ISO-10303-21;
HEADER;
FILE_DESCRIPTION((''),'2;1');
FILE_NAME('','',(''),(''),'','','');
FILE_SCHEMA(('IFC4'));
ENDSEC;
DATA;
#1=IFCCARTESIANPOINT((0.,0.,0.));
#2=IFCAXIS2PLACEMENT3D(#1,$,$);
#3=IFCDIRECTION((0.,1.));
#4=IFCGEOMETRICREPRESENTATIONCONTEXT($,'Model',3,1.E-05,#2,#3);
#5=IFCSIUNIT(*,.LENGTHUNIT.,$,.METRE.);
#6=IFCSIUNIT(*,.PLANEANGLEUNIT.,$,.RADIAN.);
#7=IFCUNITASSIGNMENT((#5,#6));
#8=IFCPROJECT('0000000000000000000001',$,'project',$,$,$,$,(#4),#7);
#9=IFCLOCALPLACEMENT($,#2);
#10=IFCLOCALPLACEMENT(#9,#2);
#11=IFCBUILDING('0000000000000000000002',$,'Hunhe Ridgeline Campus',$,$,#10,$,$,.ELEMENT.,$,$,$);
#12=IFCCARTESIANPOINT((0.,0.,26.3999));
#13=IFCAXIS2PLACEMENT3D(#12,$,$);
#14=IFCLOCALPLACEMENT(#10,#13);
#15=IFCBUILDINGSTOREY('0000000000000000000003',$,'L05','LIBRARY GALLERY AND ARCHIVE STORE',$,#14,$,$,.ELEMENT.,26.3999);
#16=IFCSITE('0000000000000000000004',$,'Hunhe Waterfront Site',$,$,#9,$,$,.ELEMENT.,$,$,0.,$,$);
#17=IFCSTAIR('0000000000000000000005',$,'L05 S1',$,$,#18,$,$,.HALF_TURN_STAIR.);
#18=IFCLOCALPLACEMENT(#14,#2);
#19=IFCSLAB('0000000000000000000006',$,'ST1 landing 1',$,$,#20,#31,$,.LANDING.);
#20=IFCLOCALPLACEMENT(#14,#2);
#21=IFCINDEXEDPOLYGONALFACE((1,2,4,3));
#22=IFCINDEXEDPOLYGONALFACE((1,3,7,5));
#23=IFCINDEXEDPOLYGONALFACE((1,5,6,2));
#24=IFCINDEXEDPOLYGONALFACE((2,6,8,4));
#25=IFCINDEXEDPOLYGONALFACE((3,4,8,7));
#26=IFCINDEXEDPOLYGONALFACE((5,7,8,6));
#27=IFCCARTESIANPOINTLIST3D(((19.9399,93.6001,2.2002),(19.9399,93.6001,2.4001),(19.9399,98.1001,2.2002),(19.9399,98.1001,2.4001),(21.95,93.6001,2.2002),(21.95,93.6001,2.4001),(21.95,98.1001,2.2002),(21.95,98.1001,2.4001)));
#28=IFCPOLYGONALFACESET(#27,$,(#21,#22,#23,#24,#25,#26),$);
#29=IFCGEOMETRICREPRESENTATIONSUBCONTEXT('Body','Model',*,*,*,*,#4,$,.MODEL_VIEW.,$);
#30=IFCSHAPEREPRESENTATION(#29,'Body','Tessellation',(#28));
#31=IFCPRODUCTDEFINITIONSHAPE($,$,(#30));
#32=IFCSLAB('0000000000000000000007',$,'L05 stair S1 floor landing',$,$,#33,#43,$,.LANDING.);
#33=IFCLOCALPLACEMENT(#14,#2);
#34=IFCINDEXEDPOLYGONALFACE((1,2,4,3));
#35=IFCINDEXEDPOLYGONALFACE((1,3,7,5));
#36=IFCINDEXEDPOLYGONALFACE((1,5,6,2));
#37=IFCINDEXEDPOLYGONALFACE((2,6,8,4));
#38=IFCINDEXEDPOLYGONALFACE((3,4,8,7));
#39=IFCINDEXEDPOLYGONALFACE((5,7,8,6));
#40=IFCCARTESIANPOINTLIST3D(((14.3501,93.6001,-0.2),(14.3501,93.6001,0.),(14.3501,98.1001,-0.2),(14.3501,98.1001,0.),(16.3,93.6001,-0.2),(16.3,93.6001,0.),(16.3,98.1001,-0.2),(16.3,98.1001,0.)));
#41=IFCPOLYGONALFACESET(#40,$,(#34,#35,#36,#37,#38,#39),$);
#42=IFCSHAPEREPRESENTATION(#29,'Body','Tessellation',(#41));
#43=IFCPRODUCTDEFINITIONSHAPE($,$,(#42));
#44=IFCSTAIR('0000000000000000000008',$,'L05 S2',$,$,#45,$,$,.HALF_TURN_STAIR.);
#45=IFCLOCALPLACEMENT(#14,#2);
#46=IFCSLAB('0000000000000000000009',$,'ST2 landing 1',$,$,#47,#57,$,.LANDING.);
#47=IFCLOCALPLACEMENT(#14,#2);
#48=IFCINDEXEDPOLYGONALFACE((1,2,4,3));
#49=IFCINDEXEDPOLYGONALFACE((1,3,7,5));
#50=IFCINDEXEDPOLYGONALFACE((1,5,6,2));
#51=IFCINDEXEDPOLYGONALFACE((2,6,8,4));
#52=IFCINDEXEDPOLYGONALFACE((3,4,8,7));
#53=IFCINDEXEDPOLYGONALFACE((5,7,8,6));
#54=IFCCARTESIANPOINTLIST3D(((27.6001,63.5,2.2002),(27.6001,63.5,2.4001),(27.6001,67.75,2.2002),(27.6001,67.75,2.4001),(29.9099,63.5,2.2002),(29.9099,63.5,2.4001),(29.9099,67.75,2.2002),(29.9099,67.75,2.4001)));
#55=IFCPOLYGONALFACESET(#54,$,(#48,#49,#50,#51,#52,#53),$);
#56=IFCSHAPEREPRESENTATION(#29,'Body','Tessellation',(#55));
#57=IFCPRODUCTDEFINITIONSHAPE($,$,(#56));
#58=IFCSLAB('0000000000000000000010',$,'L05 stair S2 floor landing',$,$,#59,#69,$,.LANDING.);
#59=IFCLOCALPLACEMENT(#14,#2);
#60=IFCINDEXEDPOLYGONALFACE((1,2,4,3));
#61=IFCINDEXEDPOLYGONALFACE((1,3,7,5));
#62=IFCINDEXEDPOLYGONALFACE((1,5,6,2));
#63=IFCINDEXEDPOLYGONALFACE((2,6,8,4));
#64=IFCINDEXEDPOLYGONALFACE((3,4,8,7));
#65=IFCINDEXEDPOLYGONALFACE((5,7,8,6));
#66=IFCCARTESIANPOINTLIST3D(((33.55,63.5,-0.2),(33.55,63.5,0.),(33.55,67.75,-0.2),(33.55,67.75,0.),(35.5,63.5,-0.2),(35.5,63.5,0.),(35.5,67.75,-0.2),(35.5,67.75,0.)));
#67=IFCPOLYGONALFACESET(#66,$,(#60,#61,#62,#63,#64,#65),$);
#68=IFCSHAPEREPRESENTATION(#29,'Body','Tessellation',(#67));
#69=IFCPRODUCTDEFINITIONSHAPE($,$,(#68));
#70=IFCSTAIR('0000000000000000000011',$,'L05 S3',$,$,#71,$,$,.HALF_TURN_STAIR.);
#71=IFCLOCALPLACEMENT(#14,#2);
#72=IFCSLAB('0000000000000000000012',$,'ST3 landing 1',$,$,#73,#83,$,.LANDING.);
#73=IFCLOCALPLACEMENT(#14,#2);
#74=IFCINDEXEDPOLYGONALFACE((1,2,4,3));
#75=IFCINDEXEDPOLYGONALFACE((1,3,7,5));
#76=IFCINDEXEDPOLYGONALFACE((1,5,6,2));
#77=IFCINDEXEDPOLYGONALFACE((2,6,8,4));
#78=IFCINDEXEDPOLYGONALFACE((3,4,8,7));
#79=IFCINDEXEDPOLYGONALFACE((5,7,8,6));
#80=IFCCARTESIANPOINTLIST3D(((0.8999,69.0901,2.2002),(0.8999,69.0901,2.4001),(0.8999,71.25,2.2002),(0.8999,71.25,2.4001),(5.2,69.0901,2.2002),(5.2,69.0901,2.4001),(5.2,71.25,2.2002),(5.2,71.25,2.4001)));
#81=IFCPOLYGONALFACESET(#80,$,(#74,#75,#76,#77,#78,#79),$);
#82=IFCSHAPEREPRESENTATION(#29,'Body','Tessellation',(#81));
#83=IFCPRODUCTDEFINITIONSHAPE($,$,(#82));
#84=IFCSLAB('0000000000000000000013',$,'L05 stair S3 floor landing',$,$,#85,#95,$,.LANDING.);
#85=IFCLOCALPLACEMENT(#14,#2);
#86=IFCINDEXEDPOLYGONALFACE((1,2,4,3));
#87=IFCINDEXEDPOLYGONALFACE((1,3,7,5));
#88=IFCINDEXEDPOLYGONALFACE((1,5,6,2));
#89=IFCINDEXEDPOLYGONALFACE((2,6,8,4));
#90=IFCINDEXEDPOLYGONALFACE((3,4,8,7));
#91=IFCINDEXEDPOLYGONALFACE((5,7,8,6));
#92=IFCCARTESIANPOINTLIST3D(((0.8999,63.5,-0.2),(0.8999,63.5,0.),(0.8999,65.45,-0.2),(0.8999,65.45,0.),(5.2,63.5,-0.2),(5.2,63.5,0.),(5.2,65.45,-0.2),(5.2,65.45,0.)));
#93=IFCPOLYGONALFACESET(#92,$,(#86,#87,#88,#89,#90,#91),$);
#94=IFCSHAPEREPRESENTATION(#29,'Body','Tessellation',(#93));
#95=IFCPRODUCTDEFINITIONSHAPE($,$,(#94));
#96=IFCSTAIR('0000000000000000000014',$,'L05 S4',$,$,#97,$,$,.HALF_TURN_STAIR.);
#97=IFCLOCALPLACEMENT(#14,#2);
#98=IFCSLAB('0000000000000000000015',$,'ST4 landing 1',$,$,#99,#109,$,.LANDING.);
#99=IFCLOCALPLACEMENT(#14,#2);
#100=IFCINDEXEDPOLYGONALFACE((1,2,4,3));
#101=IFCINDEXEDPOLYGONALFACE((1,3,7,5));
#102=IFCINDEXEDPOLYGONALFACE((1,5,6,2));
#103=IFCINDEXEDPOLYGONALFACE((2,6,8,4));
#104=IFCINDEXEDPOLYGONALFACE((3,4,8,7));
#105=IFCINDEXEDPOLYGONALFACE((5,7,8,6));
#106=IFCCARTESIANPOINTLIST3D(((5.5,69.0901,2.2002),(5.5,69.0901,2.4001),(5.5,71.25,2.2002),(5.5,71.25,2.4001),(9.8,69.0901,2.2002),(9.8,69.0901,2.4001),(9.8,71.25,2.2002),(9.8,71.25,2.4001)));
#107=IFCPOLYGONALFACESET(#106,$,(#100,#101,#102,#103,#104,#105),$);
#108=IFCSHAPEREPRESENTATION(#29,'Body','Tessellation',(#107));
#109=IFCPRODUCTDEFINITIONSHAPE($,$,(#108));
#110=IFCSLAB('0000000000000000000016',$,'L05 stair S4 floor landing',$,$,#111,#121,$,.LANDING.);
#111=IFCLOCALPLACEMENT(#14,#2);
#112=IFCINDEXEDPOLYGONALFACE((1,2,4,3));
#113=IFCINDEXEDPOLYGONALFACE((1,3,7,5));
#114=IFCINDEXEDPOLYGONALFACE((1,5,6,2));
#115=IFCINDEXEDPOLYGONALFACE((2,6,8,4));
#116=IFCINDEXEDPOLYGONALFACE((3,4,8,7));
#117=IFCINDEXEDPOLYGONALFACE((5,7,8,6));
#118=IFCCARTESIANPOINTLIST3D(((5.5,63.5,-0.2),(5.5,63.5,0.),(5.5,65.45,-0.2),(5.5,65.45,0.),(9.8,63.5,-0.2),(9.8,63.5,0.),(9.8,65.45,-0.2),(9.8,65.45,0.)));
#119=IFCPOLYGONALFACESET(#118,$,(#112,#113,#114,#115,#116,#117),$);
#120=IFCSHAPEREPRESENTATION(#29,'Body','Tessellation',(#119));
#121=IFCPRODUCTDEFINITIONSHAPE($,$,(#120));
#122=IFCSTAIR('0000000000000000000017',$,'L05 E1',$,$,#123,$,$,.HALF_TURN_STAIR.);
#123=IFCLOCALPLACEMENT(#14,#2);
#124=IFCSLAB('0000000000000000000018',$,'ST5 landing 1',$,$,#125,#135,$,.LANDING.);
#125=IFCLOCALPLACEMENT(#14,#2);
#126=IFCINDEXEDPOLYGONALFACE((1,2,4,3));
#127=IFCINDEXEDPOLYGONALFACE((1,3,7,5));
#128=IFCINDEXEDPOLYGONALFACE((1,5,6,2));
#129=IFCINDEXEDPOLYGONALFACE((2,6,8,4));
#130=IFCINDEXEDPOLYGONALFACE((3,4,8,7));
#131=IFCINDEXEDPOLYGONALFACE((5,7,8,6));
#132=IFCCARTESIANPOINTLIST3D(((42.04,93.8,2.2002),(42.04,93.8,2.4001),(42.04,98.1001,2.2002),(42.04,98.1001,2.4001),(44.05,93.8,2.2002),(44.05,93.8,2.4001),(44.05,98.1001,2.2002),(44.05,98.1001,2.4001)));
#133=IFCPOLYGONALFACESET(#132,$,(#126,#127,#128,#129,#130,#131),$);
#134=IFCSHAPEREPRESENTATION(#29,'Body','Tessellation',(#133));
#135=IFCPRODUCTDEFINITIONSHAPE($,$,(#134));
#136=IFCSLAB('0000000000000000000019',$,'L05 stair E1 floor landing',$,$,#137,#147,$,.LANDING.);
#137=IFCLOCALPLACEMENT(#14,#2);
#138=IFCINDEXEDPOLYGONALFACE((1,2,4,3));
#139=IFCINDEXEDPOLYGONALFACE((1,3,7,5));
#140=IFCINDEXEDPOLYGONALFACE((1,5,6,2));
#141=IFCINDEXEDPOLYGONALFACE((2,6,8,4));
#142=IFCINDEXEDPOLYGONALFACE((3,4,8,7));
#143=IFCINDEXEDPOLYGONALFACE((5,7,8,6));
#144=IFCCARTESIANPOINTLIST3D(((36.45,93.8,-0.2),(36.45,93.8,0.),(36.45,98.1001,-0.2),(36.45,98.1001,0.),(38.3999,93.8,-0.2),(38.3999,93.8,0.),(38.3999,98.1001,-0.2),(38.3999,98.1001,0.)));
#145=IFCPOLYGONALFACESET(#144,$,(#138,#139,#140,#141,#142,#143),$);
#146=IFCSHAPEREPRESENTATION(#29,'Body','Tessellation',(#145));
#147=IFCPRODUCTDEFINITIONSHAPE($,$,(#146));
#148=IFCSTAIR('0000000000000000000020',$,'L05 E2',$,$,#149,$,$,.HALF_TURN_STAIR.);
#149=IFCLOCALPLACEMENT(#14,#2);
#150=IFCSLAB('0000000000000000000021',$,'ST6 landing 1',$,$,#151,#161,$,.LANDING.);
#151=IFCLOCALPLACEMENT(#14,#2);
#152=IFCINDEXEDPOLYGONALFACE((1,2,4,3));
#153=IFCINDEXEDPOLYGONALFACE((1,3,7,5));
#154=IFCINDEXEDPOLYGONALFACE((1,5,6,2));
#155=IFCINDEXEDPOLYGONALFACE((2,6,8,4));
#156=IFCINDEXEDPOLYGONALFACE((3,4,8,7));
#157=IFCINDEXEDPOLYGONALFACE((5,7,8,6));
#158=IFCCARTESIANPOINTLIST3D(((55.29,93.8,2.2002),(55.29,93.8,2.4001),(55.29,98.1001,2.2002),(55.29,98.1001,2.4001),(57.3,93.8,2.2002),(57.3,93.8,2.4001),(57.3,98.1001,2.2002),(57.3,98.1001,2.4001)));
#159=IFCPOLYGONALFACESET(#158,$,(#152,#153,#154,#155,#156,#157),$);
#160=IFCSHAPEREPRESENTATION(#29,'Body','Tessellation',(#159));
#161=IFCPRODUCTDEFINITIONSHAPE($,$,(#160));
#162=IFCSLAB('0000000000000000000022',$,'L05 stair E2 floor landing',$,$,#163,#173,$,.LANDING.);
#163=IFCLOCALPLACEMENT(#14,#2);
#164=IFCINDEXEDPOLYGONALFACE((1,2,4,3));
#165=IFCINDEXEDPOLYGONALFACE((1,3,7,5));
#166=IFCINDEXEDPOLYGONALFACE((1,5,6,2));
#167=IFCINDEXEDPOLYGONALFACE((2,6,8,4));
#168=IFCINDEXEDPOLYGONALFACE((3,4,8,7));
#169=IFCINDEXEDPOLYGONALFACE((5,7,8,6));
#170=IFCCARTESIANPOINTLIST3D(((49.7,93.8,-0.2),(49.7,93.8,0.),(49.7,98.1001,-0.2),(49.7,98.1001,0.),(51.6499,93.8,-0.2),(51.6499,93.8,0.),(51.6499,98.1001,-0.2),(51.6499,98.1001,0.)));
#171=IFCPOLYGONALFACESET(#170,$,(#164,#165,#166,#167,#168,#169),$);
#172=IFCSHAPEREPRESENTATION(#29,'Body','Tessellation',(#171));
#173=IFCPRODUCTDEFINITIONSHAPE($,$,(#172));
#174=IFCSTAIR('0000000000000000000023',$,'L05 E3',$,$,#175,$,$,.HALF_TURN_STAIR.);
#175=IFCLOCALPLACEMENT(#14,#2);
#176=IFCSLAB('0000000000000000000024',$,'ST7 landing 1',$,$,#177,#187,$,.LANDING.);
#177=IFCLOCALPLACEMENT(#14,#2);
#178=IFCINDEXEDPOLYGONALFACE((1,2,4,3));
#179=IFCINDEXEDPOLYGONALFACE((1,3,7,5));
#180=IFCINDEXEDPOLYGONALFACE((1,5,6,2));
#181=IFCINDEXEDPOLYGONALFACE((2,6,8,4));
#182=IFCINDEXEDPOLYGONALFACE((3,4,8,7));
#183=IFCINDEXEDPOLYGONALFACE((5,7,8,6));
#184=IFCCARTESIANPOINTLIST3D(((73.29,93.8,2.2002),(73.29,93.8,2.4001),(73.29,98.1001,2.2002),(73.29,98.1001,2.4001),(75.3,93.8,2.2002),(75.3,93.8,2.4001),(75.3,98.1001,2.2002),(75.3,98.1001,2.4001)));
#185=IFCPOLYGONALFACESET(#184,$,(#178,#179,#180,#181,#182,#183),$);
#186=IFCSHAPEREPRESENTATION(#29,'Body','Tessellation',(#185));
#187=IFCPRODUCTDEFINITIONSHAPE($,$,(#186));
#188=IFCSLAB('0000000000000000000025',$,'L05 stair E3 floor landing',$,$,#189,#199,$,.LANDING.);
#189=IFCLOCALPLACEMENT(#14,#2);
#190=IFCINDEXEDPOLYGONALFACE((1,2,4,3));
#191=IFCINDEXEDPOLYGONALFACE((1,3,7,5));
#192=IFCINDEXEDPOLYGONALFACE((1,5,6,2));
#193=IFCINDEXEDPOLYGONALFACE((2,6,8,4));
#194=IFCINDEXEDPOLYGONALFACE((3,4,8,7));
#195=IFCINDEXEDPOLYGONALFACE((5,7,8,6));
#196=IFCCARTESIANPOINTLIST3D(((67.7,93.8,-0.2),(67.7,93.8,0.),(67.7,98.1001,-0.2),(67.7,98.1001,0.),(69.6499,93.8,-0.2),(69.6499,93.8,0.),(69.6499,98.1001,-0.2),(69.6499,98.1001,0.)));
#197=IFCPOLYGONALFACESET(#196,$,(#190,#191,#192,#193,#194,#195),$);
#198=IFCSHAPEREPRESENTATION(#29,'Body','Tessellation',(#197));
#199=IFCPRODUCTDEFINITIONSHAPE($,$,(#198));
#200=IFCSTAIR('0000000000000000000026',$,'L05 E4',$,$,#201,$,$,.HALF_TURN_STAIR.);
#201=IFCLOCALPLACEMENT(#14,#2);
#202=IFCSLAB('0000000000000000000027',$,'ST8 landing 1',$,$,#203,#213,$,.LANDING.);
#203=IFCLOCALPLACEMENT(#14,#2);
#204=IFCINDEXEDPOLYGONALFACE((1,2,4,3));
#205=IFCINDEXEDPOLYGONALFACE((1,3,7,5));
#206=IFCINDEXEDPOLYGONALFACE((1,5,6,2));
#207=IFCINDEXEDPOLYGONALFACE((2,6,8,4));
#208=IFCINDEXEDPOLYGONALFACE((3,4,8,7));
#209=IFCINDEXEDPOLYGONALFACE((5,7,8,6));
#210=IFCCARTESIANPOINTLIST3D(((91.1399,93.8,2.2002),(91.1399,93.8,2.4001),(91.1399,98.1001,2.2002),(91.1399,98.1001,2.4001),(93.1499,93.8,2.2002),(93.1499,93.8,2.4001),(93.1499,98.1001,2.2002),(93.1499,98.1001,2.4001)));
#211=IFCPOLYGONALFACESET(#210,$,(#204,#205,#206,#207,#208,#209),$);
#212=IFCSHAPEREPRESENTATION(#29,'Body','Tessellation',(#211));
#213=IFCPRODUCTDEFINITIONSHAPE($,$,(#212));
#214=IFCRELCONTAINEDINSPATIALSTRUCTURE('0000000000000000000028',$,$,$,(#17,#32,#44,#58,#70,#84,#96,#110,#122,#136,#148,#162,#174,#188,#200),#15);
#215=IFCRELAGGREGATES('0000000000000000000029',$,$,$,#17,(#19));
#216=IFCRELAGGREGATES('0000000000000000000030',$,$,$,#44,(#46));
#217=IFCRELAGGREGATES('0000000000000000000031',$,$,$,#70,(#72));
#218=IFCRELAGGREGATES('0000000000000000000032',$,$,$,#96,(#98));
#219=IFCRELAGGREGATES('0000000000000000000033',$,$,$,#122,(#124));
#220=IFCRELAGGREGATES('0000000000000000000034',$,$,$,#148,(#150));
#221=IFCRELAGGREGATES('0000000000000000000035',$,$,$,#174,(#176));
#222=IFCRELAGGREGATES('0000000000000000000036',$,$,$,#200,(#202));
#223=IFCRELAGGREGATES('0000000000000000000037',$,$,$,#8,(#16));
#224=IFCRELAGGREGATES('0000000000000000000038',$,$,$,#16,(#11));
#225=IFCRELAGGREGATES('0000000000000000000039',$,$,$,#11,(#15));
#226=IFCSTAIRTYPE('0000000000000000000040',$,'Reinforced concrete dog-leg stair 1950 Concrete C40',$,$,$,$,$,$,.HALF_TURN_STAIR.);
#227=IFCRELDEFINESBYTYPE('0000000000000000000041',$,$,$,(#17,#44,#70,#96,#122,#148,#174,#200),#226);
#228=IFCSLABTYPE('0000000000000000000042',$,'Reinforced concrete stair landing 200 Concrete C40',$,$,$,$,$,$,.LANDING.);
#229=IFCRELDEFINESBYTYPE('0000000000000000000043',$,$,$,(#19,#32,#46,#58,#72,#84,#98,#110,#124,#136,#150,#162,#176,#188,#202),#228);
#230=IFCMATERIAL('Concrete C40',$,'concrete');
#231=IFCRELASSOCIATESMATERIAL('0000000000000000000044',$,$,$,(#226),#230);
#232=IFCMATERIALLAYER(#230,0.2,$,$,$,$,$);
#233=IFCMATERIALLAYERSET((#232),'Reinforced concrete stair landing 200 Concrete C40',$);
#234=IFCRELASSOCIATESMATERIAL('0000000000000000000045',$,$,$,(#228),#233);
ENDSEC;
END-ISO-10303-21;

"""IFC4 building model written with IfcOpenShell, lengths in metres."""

from ifc_helpers import new_model, si_unit, direction, frame, origin, place, context, subcontext, project, spatial, polyline, outline, extrude, material, layer, layer_set, type_object, element, aggregate, save


model = new_model("IFC4")

# Units and contexts
model_context = context("Model", 3, precision=1e-05, world=origin(), true_north=direction((0.0, 1.0)))
body_context = subcontext(model_context, "Body", "Model", "MODEL_VIEW")
ifc_project = project(units=[si_unit("LENGTHUNIT", "METRE"), si_unit("PLANEANGLEUNIT", "RADIAN")], contexts=[model_context])

# Site, building, storey
site_placement = place(None, origin())
site = spatial("IfcSite", under=ifc_project, at=site_placement, Name="Hunhe Waterfront Site", CompositionType="ELEMENT", RefElevation=0.0)
building_placement = place(site_placement, origin())
building = spatial("IfcBuilding", under=site, at=building_placement, Name="Hunhe Ridgeline Campus", CompositionType="ELEMENT")
storey_placement = place(building_placement, frame((0.0, 0.0, 26.3999)))
storey = spatial("IfcBuildingStorey", under=building, at=storey_placement, Name="L05", Description="LIBRARY GALLERY AND ARCHIVE STORE", CompositionType="ELEMENT", Elevation=26.3999)

# Stair, slab
ifc_material = material(Name="Concrete C40", Category="concrete")
stair_type = type_object("IfcStairType", Name="Reinforced concrete dog-leg stair 1950 Concrete C40", PredefinedType="HALF_TURN_STAIR", material=ifc_material)
stair_1_placement = place(storey_placement, origin())
stair_1 = element("IfcStair", 1, at=stair_1_placement, inside=storey, type_object=stair_type, Name="L05 S1", PredefinedType="HALF_TURN_STAIR")
ifc_layer = layer(ifc_material, 0.2)
ifc_layer_set = layer_set([ifc_layer], Name="Reinforced concrete stair landing 200 Concrete C40")
slab_type = type_object("IfcSlabType", Name="Reinforced concrete stair landing 200 Concrete C40", PredefinedType="LANDING", material=ifc_layer_set)
slab_1_placement = place(storey_placement, frame((0.0, 0.0, 2.2002)))
slab_1 = element("IfcSlab", 2, at=slab_1_placement, type_object=slab_type, Name="ST1 landing 1", PredefinedType="LANDING", context=body_context, shape_type="SweptSolid", body=[
    extrude(outline(polyline([(19.9399, 93.6001), (21.95, 93.6001), (21.95, 98.1001), (19.9399, 98.1001), (19.9399, 93.6001)])), origin(), (0.0, 0.0, 1.0), 0.2),
])
aggregate(stair_1, [slab_1])

# Slab
slab_2_placement = place(storey_placement, frame((0.0, 0.0, -0.2)))
element("IfcSlab", 3, at=slab_2_placement, inside=storey, type_object=slab_type, Name="L05 stair S1 floor landing", PredefinedType="LANDING", context=body_context, shape_type="SweptSolid", body=[
    extrude(outline(polyline([(14.3501, 93.6001), (16.3, 93.6001), (16.3, 98.1001), (14.3501, 98.1001), (14.3501, 93.6001)])), origin(), (0.0, 0.0, 1.0), 0.2),
])

# Stair, slab
stair_2_placement = place(storey_placement, origin())
stair_2 = element("IfcStair", 4, at=stair_2_placement, inside=storey, type_object=stair_type, Name="L05 S2", PredefinedType="HALF_TURN_STAIR")
slab_3_placement = place(storey_placement, frame((0.0, 0.0, 2.2002)))
slab_3 = element("IfcSlab", 5, at=slab_3_placement, type_object=slab_type, Name="ST2 landing 1", PredefinedType="LANDING", context=body_context, shape_type="SweptSolid", body=[
    extrude(outline(polyline([(29.9099, 67.75), (27.6001, 67.75), (27.6001, 63.5), (29.9099, 63.5), (29.9099, 67.75)])), origin(), (0.0, 0.0, 1.0), 0.2),
])
aggregate(stair_2, [slab_3])

# Slab
slab_4_placement = place(storey_placement, frame((0.0, 0.0, -0.2)))
element("IfcSlab", 6, at=slab_4_placement, inside=storey, type_object=slab_type, Name="L05 stair S2 floor landing", PredefinedType="LANDING", context=body_context, shape_type="SweptSolid", body=[
    extrude(outline(polyline([(35.5, 67.75), (33.55, 67.75), (33.55, 63.5), (35.5, 63.5), (35.5, 67.75)])), origin(), (0.0, 0.0, 1.0), 0.2),
])

# Stair, slab
stair_3_placement = place(storey_placement, origin())
stair_3 = element("IfcStair", 7, at=stair_3_placement, inside=storey, type_object=stair_type, Name="L05 S3", PredefinedType="HALF_TURN_STAIR")
slab_5_placement = place(storey_placement, frame((0.0, 0.0, 2.2002)))
slab_5 = element("IfcSlab", 8, at=slab_5_placement, type_object=slab_type, Name="ST3 landing 1", PredefinedType="LANDING", context=body_context, shape_type="SweptSolid", body=[
    extrude(outline(polyline([(5.2, 69.0901), (5.2, 71.25), (0.8999, 71.25), (0.8999, 69.0901), (5.2, 69.0901)])), origin(), (0.0, 0.0, 1.0), 0.2),
])
aggregate(stair_3, [slab_5])

# Slab
slab_6_placement = place(storey_placement, frame((0.0, 0.0, -0.2)))
element("IfcSlab", 9, at=slab_6_placement, inside=storey, type_object=slab_type, Name="L05 stair S3 floor landing", PredefinedType="LANDING", context=body_context, shape_type="SweptSolid", body=[
    extrude(outline(polyline([(5.2, 63.5), (5.2, 65.45), (0.8999, 65.45), (0.8999, 63.5), (5.2, 63.5)])), origin(), (0.0, 0.0, 1.0), 0.2),
])

# Stair, slab
stair_4_placement = place(storey_placement, origin())
stair_4 = element("IfcStair", 10, at=stair_4_placement, inside=storey, type_object=stair_type, Name="L05 S4", PredefinedType="HALF_TURN_STAIR")
slab_7_placement = place(storey_placement, frame((0.0, 0.0, 2.2002)))
slab_7 = element("IfcSlab", 11, at=slab_7_placement, type_object=slab_type, Name="ST4 landing 1", PredefinedType="LANDING", context=body_context, shape_type="SweptSolid", body=[
    extrude(outline(polyline([(9.8, 69.0901), (9.8, 71.25), (5.5, 71.25), (5.5, 69.0901), (9.8, 69.0901)])), origin(), (0.0, 0.0, 1.0), 0.2),
])
aggregate(stair_4, [slab_7])

# Slab
slab_8_placement = place(storey_placement, frame((0.0, 0.0, -0.2)))
element("IfcSlab", 12, at=slab_8_placement, inside=storey, type_object=slab_type, Name="L05 stair S4 floor landing", PredefinedType="LANDING", context=body_context, shape_type="SweptSolid", body=[
    extrude(outline(polyline([(9.8, 63.5), (9.8, 65.45), (5.5, 65.45), (5.5, 63.5), (9.8, 63.5)])), origin(), (0.0, 0.0, 1.0), 0.2),
])

# Stair, slab
stair_5_placement = place(storey_placement, origin())
stair_5 = element("IfcStair", 13, at=stair_5_placement, inside=storey, type_object=stair_type, Name="L05 E1", PredefinedType="HALF_TURN_STAIR")
slab_9_placement = place(storey_placement, frame((0.0, 0.0, 2.2002)))
slab_9 = element("IfcSlab", 14, at=slab_9_placement, type_object=slab_type, Name="ST5 landing 1", PredefinedType="LANDING", context=body_context, shape_type="SweptSolid", body=[
    extrude(outline(polyline([(42.04, 93.8), (44.05, 93.8), (44.05, 98.1001), (42.04, 98.1001), (42.04, 93.8)])), origin(), (0.0, 0.0, 1.0), 0.2),
])
aggregate(stair_5, [slab_9])

# Slab
slab_10_placement = place(storey_placement, frame((0.0, 0.0, -0.2)))
element("IfcSlab", 15, at=slab_10_placement, inside=storey, type_object=slab_type, Name="L05 stair E1 floor landing", PredefinedType="LANDING", context=body_context, shape_type="SweptSolid", body=[
    extrude(outline(polyline([(36.45, 93.8), (38.3999, 93.8), (38.3999, 98.1001), (36.45, 98.1001), (36.45, 93.8)])), origin(), (0.0, 0.0, 1.0), 0.2),
])

# Stair, slab
stair_6_placement = place(storey_placement, origin())
stair_6 = element("IfcStair", 16, at=stair_6_placement, inside=storey, type_object=stair_type, Name="L05 E2", PredefinedType="HALF_TURN_STAIR")
slab_11_placement = place(storey_placement, frame((0.0, 0.0, 2.2002)))
slab_11 = element("IfcSlab", 17, at=slab_11_placement, type_object=slab_type, Name="ST6 landing 1", PredefinedType="LANDING", context=body_context, shape_type="SweptSolid", body=[
    extrude(outline(polyline([(55.29, 93.8), (57.3, 93.8), (57.3, 98.1001), (55.29, 98.1001), (55.29, 93.8)])), origin(), (0.0, 0.0, 1.0), 0.2),
])
aggregate(stair_6, [slab_11])

# Slab
slab_12_placement = place(storey_placement, frame((0.0, 0.0, -0.2)))
element("IfcSlab", 18, at=slab_12_placement, inside=storey, type_object=slab_type, Name="L05 stair E2 floor landing", PredefinedType="LANDING", context=body_context, shape_type="SweptSolid", body=[
    extrude(outline(polyline([(49.7, 93.8), (51.6499, 93.8), (51.6499, 98.1001), (49.7, 98.1001), (49.7, 93.8)])), origin(), (0.0, 0.0, 1.0), 0.2),
])

# Stair, slab
stair_7_placement = place(storey_placement, origin())
stair_7 = element("IfcStair", 19, at=stair_7_placement, inside=storey, type_object=stair_type, Name="L05 E3", PredefinedType="HALF_TURN_STAIR")
slab_13_placement = place(storey_placement, frame((0.0, 0.0, 2.2002)))
slab_13 = element("IfcSlab", 20, at=slab_13_placement, type_object=slab_type, Name="ST7 landing 1", PredefinedType="LANDING", context=body_context, shape_type="SweptSolid", body=[
    extrude(outline(polyline([(73.29, 93.8), (75.3, 93.8), (75.3, 98.1001), (73.29, 98.1001), (73.29, 93.8)])), origin(), (0.0, 0.0, 1.0), 0.2),
])
aggregate(stair_7, [slab_13])

# Slab
slab_14_placement = place(storey_placement, frame((0.0, 0.0, -0.2)))
element("IfcSlab", 21, at=slab_14_placement, inside=storey, type_object=slab_type, Name="L05 stair E3 floor landing", PredefinedType="LANDING", context=body_context, shape_type="SweptSolid", body=[
    extrude(outline(polyline([(67.7, 93.8), (69.6499, 93.8), (69.6499, 98.1001), (67.7, 98.1001), (67.7, 93.8)])), origin(), (0.0, 0.0, 1.0), 0.2),
])

# Stair, slab
stair_8_placement = place(storey_placement, origin())
stair_8 = element("IfcStair", 22, at=stair_8_placement, inside=storey, type_object=stair_type, Name="L05 E4", PredefinedType="HALF_TURN_STAIR")
slab_15_placement = place(storey_placement, frame((0.0, 0.0, 2.2002)))
slab_15 = element("IfcSlab", 23, at=slab_15_placement, type_object=slab_type, Name="ST8 landing 1", PredefinedType="LANDING", context=body_context, shape_type="SweptSolid", body=[
    extrude(outline(polyline([(91.1399, 93.8), (93.1499, 93.8), (93.1499, 98.1001), (91.1399, 98.1001), (91.1399, 93.8)])), origin(), (0.0, 0.0, 1.0), 0.2),
])
aggregate(stair_8, [slab_15])

save(model, "model.ifc")
